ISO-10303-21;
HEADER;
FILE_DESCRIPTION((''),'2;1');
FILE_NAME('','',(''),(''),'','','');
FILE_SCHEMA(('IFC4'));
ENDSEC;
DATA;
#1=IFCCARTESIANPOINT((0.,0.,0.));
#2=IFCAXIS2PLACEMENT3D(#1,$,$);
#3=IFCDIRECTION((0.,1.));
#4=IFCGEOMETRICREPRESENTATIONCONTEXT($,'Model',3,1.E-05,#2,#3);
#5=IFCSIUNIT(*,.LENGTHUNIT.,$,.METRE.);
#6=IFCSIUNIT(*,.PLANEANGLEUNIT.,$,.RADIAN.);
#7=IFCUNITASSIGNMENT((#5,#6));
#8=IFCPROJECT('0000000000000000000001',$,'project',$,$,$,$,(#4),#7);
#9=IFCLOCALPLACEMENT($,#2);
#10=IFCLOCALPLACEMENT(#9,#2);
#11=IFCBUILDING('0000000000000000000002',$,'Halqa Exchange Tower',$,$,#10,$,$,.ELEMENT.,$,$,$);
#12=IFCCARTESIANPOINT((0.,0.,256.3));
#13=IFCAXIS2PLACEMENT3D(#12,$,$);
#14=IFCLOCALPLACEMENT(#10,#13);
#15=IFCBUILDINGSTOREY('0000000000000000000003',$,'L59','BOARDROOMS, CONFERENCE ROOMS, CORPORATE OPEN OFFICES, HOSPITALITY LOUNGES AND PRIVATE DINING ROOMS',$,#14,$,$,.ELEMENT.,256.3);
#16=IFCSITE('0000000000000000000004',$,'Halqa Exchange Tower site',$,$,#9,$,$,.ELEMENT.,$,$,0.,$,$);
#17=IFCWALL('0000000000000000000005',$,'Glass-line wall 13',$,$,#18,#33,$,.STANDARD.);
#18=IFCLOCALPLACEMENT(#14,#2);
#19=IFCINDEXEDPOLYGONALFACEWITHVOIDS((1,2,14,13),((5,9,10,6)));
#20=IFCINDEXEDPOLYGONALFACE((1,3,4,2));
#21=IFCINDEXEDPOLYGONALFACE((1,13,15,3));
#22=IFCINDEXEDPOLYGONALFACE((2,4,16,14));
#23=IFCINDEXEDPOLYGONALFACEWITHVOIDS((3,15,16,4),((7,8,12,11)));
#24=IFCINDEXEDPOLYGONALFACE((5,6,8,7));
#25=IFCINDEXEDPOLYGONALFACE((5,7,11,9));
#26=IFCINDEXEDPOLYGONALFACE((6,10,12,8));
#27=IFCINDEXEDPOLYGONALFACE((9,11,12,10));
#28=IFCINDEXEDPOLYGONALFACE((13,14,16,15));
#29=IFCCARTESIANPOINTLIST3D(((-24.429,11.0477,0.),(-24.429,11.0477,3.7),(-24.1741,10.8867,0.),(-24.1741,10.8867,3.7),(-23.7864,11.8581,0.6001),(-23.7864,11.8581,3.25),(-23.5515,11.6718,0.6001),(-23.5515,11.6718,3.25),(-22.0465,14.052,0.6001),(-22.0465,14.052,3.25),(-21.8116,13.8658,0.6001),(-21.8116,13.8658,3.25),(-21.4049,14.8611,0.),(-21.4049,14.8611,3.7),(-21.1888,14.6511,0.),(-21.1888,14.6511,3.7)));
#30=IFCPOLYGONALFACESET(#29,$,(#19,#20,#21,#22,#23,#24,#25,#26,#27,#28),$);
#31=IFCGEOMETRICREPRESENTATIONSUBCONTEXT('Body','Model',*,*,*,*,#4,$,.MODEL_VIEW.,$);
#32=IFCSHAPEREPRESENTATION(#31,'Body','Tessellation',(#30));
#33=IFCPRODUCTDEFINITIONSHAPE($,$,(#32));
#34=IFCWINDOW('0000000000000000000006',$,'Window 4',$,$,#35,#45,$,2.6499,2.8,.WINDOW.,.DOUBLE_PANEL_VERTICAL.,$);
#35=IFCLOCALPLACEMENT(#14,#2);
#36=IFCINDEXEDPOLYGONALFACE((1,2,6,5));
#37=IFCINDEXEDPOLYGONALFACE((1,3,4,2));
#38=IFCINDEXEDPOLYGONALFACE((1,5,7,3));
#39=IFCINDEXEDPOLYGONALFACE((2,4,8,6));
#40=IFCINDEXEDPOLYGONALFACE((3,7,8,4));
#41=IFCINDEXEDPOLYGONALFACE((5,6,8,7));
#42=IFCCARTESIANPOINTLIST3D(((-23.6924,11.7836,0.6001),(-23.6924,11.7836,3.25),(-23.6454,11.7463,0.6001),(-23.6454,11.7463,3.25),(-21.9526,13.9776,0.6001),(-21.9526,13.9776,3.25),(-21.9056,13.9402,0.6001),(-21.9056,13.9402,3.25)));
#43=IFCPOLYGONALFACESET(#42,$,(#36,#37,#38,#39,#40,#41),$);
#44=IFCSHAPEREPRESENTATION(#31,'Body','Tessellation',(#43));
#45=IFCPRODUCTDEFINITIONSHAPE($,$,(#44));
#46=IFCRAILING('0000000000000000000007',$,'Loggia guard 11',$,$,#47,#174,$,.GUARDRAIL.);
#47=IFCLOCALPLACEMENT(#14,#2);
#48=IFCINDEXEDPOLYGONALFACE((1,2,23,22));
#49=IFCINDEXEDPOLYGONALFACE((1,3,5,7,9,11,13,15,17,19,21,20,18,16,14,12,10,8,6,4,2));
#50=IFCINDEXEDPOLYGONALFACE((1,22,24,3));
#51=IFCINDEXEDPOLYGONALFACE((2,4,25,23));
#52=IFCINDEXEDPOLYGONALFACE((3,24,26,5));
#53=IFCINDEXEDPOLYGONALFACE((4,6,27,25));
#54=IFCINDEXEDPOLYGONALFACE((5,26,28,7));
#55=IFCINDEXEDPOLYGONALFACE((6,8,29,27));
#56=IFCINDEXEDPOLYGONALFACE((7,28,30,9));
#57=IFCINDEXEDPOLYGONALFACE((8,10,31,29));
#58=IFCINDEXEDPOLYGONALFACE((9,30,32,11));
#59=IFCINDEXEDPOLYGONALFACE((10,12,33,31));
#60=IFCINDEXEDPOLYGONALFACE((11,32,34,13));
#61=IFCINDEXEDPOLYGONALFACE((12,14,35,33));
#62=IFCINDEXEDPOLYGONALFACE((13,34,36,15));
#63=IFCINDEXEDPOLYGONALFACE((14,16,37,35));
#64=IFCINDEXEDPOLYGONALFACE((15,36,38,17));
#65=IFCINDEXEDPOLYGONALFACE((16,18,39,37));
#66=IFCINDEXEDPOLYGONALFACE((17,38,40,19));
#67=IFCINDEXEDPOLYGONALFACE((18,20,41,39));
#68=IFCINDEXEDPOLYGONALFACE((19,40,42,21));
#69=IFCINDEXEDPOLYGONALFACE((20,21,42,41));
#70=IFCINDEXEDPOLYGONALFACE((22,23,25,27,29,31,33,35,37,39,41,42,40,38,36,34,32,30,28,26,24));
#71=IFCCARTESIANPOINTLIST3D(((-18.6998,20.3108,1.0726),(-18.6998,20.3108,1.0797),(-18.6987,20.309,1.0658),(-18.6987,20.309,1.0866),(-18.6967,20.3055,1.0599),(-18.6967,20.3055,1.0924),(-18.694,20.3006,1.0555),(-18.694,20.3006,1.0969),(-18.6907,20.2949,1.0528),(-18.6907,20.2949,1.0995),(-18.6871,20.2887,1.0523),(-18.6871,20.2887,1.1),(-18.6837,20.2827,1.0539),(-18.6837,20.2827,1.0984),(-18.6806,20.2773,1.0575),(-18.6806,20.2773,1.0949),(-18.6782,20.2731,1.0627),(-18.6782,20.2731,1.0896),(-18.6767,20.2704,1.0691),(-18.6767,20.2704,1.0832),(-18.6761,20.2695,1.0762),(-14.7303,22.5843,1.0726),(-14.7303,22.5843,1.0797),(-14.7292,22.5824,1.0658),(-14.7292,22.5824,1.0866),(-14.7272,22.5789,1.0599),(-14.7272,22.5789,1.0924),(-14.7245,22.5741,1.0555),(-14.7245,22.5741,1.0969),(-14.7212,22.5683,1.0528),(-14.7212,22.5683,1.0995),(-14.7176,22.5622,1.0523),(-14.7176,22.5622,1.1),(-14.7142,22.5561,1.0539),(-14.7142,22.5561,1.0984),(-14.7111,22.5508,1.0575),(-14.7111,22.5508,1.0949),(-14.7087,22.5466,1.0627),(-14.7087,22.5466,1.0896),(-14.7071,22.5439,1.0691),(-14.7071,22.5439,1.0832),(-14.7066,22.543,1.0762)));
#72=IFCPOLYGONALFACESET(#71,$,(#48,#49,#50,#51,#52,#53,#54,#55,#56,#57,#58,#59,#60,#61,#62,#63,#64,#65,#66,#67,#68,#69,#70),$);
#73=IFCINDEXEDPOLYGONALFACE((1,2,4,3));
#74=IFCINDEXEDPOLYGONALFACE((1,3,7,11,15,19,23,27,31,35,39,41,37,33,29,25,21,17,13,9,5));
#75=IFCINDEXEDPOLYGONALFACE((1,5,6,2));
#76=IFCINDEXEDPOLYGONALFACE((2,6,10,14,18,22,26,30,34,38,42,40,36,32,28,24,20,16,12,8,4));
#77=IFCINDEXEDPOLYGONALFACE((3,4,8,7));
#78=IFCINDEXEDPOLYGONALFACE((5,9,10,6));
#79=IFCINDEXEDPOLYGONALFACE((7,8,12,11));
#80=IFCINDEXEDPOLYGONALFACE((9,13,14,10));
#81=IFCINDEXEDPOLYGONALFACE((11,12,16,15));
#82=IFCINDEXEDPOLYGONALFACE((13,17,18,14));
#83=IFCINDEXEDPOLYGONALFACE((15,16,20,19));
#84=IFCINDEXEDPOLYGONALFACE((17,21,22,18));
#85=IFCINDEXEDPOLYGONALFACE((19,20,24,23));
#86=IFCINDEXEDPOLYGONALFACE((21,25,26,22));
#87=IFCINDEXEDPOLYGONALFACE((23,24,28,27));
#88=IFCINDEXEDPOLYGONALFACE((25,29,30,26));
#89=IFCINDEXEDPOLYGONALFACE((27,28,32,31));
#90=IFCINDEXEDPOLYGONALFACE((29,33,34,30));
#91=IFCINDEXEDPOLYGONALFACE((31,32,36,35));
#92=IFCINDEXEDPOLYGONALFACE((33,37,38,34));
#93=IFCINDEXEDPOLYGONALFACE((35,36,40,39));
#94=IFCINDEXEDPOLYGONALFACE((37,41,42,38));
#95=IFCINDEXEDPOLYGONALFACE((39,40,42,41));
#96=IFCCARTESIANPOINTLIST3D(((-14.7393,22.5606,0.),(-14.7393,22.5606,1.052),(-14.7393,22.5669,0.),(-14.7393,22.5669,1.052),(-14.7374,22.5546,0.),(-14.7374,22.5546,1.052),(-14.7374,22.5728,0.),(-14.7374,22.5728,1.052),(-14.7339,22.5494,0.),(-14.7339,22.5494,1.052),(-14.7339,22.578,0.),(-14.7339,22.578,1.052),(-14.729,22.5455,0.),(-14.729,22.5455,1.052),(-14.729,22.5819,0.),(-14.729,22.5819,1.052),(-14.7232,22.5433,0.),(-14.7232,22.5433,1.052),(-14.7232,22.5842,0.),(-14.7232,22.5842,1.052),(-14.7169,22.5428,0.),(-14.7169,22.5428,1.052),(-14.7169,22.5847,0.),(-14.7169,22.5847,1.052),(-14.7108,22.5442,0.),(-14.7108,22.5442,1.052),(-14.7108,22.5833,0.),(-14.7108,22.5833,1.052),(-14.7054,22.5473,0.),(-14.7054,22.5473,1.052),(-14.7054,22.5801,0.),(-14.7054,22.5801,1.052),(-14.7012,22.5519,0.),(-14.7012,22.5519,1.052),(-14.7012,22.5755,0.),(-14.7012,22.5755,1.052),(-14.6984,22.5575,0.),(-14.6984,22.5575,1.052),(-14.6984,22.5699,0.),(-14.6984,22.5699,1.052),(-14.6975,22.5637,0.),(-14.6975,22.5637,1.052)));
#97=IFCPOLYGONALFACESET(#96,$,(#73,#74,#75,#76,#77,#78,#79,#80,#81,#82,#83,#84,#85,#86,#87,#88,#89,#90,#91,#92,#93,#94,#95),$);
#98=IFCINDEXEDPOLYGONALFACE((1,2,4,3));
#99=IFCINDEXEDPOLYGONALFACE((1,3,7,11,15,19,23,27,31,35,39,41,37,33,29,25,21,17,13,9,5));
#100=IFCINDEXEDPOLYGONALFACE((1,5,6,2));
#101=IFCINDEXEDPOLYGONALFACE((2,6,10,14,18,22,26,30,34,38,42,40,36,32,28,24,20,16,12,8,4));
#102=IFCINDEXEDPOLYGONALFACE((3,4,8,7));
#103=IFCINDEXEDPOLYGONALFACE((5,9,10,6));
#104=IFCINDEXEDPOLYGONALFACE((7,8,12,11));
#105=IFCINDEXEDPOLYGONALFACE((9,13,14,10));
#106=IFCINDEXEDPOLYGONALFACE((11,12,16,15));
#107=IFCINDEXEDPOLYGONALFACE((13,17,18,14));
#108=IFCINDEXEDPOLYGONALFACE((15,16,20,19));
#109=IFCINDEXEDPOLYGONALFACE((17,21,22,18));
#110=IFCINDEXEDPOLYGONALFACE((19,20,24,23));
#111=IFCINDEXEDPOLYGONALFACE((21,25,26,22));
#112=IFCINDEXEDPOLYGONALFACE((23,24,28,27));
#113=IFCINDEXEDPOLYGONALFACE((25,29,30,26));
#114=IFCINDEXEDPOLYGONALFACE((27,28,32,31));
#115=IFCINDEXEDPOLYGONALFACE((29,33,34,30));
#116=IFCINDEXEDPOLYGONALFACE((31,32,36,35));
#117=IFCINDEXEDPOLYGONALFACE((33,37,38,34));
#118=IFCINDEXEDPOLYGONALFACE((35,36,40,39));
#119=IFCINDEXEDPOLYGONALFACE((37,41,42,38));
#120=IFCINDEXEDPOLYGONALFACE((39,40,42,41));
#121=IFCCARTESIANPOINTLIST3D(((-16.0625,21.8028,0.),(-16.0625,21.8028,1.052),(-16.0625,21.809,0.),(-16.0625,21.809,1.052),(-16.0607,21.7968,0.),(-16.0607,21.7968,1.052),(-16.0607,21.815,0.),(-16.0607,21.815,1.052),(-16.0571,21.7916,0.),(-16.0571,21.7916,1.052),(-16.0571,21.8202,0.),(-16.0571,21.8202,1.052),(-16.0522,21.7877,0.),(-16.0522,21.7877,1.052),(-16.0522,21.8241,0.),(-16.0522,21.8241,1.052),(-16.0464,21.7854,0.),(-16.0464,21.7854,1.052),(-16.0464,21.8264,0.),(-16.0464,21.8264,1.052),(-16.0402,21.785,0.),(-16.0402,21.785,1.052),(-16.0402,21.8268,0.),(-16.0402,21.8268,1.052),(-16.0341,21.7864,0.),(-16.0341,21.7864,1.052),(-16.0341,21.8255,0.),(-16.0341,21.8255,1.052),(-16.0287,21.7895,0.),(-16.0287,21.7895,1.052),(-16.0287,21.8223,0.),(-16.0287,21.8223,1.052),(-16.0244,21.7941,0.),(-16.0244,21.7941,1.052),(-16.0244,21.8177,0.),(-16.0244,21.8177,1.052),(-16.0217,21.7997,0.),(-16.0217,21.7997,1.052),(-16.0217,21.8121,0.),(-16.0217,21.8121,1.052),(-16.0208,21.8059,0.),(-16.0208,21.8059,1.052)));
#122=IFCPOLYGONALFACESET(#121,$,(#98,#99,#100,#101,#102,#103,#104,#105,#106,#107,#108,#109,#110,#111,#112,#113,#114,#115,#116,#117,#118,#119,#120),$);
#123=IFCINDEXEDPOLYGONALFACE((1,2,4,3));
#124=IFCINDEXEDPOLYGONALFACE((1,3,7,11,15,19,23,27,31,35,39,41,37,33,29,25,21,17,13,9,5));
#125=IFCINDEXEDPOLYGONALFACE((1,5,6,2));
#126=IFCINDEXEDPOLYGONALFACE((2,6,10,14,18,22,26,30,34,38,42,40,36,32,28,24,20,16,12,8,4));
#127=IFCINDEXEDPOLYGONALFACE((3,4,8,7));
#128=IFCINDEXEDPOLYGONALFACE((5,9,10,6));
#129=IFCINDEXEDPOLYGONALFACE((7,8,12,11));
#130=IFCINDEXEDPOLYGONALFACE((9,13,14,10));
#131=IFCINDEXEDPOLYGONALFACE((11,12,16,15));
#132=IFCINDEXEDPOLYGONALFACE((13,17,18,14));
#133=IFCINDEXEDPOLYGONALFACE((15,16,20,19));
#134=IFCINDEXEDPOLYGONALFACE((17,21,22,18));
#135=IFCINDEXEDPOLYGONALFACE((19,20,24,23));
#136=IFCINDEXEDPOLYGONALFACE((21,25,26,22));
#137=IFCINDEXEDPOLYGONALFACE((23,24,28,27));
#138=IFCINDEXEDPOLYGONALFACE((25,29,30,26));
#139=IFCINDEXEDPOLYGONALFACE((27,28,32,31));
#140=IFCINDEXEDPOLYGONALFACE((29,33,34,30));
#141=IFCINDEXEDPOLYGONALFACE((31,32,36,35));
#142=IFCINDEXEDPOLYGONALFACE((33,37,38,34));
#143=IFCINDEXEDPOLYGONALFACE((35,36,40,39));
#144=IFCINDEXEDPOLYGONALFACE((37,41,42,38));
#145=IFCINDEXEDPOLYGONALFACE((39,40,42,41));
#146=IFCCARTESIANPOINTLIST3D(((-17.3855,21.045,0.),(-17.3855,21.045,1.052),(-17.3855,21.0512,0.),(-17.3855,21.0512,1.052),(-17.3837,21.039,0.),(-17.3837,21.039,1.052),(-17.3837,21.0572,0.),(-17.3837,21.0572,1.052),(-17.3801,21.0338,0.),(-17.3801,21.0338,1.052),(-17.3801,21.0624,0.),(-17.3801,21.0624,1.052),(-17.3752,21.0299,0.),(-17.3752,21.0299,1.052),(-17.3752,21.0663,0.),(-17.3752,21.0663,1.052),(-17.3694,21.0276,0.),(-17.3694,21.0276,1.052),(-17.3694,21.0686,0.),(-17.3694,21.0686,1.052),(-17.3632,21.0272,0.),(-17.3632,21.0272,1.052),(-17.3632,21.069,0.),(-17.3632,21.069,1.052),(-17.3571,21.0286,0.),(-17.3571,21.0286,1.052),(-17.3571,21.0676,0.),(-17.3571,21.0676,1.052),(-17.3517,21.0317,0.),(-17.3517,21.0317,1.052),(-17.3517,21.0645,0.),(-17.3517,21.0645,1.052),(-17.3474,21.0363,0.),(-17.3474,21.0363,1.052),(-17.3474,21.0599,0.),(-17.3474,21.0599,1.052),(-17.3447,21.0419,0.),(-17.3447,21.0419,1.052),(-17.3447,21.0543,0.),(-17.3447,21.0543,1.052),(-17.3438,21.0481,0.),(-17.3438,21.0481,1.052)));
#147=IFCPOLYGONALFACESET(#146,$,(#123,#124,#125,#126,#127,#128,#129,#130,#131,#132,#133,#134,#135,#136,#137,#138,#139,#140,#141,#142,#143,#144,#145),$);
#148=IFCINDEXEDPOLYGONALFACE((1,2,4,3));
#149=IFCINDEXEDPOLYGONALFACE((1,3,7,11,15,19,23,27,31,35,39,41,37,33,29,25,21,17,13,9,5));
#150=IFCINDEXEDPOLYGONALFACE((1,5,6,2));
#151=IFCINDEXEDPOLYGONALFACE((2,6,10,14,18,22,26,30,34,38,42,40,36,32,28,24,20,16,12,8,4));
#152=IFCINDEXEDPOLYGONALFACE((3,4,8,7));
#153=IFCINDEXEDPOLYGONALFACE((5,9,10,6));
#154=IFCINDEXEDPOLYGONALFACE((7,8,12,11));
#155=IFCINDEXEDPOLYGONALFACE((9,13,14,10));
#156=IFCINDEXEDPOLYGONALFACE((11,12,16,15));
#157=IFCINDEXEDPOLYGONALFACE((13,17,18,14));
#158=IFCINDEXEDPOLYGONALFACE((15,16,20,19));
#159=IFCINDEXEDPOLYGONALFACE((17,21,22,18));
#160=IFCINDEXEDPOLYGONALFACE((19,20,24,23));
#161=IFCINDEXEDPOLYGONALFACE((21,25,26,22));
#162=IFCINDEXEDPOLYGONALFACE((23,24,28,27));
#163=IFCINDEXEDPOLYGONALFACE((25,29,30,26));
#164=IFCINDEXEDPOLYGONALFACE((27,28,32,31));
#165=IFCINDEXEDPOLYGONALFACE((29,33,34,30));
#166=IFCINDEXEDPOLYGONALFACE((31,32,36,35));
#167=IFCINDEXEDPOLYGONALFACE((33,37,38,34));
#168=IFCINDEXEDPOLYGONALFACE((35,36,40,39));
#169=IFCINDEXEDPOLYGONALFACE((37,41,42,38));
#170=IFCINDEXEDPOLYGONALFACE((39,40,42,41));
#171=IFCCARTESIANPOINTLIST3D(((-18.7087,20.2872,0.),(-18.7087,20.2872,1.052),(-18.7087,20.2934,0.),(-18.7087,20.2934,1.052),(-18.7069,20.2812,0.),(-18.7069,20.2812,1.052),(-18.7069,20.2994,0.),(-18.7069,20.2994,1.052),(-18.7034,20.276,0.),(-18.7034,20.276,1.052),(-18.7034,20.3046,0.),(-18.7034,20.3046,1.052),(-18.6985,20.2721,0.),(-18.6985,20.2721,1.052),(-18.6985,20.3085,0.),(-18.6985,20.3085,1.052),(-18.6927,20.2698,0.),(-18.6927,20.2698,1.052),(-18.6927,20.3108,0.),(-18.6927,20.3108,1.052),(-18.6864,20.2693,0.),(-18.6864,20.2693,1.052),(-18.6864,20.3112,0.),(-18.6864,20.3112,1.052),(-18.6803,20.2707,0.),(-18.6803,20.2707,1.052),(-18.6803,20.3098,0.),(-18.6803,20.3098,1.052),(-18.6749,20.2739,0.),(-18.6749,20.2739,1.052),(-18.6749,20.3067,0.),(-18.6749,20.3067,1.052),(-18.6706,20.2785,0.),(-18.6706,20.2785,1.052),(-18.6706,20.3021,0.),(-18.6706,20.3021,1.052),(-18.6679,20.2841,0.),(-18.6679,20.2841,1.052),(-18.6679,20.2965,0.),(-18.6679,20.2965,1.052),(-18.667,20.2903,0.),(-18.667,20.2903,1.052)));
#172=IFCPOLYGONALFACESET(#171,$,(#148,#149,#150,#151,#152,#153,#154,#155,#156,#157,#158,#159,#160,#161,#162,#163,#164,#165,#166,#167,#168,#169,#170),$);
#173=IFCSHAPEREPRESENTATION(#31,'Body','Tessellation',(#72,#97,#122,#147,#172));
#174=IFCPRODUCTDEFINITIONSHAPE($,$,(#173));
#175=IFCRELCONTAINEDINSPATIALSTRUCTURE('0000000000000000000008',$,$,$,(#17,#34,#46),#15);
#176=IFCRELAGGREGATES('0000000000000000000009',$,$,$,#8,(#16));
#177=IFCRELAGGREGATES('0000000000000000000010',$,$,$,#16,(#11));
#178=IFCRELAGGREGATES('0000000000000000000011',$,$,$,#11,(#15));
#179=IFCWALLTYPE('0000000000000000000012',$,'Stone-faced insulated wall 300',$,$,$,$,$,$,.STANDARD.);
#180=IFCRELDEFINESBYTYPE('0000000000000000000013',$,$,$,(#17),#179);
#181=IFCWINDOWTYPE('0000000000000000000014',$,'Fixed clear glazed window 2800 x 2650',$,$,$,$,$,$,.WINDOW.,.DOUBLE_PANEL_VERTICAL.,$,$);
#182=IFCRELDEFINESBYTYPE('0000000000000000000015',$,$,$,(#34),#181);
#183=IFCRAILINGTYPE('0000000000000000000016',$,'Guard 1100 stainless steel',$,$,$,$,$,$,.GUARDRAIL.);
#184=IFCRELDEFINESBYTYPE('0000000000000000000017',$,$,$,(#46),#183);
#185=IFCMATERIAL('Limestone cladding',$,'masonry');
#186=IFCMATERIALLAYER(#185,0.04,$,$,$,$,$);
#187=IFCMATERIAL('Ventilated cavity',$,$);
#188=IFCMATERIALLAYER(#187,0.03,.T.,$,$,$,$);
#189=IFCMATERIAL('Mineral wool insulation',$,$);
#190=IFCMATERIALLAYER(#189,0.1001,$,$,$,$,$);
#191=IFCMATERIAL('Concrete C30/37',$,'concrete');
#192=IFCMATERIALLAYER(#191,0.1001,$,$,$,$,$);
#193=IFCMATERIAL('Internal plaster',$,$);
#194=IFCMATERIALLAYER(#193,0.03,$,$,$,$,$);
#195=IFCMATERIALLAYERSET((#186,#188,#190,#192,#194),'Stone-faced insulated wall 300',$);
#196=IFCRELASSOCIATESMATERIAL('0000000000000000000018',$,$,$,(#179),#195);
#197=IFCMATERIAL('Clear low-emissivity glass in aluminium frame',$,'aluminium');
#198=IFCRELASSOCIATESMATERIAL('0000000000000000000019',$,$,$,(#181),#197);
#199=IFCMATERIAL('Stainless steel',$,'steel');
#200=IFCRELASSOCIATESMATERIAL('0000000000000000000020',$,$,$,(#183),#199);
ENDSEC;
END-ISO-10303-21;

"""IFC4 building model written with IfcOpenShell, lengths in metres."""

from ifc_helpers import new_model, si_unit, direction, frame, frame_2d, origin, origin_2d, place, context, subcontext, project, spatial, polyline, rectangle, circle, outline, extrude, material, layer, layer_set, type_object, element, fill, save


model = new_model("IFC4")

# Units and contexts
model_context = context("Model", 3, precision=1e-05, world=origin(), true_north=direction((0.0, 1.0)))
body_context = subcontext(model_context, "Body", "Model", "MODEL_VIEW")
ifc_project = project(units=[si_unit("LENGTHUNIT", "METRE"), si_unit("PLANEANGLEUNIT", "RADIAN")], contexts=[model_context])

# Site, building, storey
site_placement = place(None, origin())
site = spatial("IfcSite", under=ifc_project, at=site_placement, Name="Halqa Exchange Tower site", CompositionType="ELEMENT", RefElevation=0.0)
building_placement = place(site_placement, origin())
building = spatial("IfcBuilding", under=site, at=building_placement, Name="Halqa Exchange Tower", CompositionType="ELEMENT")
storey_placement = place(building_placement, frame((0.0, 0.0, 256.3)))
storey = spatial("IfcBuildingStorey", under=building, at=storey_placement, Name="L59", Description="BOARDROOMS, CONFERENCE ROOMS, CORPORATE OPEN OFFICES, HOSPITALITY LOUNGES AND PRIVATE DINING ROOMS", CompositionType="ELEMENT", Elevation=256.3)

# Shared definitions
ifc_material_1 = material(Name="Limestone cladding", Category="masonry")
ifc_layer_1 = layer(ifc_material_1, 0.04)
ifc_material_2 = material(Name="Ventilated cavity")
ifc_layer_2 = layer(ifc_material_2, 0.03, ventilated=True)
ifc_material_3 = material(Name="Mineral wool insulation")
ifc_layer_3 = layer(ifc_material_3, 0.1001)
ifc_material_4 = material(Name="Concrete C30/37", Category="concrete")
ifc_layer_4 = layer(ifc_material_4, 0.1001)
ifc_material_5 = material(Name="Internal plaster")
ifc_layer_5 = layer(ifc_material_5, 0.03)
ifc_layer_set_1 = layer_set([ifc_layer_1, ifc_layer_2, ifc_layer_3, ifc_layer_4, ifc_layer_5], Name="Stone-faced insulated wall 300")
wall_type_1 = type_object("IfcWallType", Name="Stone-faced insulated wall 300", PredefinedType="STANDARD", material=ifc_layer_set_1)
ifc_material_6 = material(Name="Clear low-emissivity glass in aluminium frame", Category="aluminium")
window_type = type_object("IfcWindowType", Name="Fixed clear glazed window 2800 x 2650", PartitioningType="DOUBLE_PANEL_VERTICAL", PredefinedType="WINDOW", material=ifc_material_6)

# Wall, opening, window
wall_1_placement = place(storey_placement, frame((-21.2969, 14.7561, 0.0), z_axis=(0.0, 0.0, 1.0), x_axis=(-0.621358, -0.783526, 0.0)))
wall_1 = element("IfcWall", 1, at=wall_1_placement, inside=storey, type_object=wall_type_1, Name="Glass-line wall 13", PredefinedType="STANDARD", context=body_context, shape_type="SweptSolid", body=[
    extrude(outline(polyline([(-0.0151, -0.1499), (4.8518, -0.1499), (4.8196, 0.1499), (0.0151, 0.1499), (-0.0151, -0.1499)])), origin(), (0.0, 0.0, 1.0), 3.7),
])
opening_1_placement = place(wall_1_placement, frame((1.0176, 0.0, 0.6001)))
opening_1 = element("IfcOpeningElement", 2, at=opening_1_placement, cuts=wall_1, PredefinedType="OPENING", context=body_context, shape_type="SweptSolid", body=[
    extrude(rectangle(XDim=2.8, YDim=2.6499, at=frame_2d((1.3999, 1.325))), frame((0.0, 0.1621, 0.0), z_axis=(0.0, -1.0, 0.0), x_axis=(1.0, 0.0, 0.0)), (0.0, 0.0, 1.0), 0.324),
])
window_1_placement = place(opening_1_placement, origin())
window_1 = element("IfcWindow", 3, at=window_1_placement, inside=storey, type_object=window_type, Name="Window 4", OverallHeight=2.6499, OverallWidth=2.8, PartitioningType="DOUBLE_PANEL_VERTICAL", PredefinedType="WINDOW", context=body_context, shape_type="SweptSolid", body=[
    extrude(rectangle(XDim=2.8, YDim=2.6499, at=frame_2d((1.3999, 1.325))), frame((0.0, 0.03, 0.0), z_axis=(0.0, -1.0, 0.0), x_axis=(1.0, 0.0, 0.0)), (0.0, 0.0, 1.0), 0.0601),
])
fill(opening_1, window_1)

# Railing
ifc_material_7 = material(Name="Stainless steel", Category="steel")
railing_type = type_object("IfcRailingType", Name="Guard 1100 stainless steel", PredefinedType="GUARDRAIL", material=ifc_material_7)
railing_1_placement = place(storey_placement, frame((-14.7185, 22.5637, 0.0)))
element("IfcRailing", 4, at=railing_1_placement, inside=storey, type_object=railing_type, Name="Loggia guard 11", PredefinedType="GUARDRAIL", context=body_context, shape_type="SweptSolid", body=[
    extrude(circle(Radius=0.0239, at=origin_2d()), frame((0.0, 0.0, 1.0762), z_axis=(-0.867757, -0.496989, 0.0), x_axis=(0.496989, -0.867757, 0.0)), (0.0, 0.0, 1.0), 4.5745),
    extrude(circle(Radius=0.021, at=origin_2d()), origin(), (0.0, 0.0, 1.0), 1.052),
    extrude(circle(Radius=0.021, at=origin_2d()), frame((-1.3232, -0.7578, 0.0)), (0.0, 0.0, 1.0), 1.052),
    extrude(circle(Radius=0.021, at=origin_2d()), frame((-2.6462, -1.5156, 0.0)), (0.0, 0.0, 1.0), 1.052),
    extrude(circle(Radius=0.021, at=origin_2d()), frame((-3.9695, -2.2734, 0.0)), (0.0, 0.0, 1.0), 1.052),
])

save(model, "model.ifc")
